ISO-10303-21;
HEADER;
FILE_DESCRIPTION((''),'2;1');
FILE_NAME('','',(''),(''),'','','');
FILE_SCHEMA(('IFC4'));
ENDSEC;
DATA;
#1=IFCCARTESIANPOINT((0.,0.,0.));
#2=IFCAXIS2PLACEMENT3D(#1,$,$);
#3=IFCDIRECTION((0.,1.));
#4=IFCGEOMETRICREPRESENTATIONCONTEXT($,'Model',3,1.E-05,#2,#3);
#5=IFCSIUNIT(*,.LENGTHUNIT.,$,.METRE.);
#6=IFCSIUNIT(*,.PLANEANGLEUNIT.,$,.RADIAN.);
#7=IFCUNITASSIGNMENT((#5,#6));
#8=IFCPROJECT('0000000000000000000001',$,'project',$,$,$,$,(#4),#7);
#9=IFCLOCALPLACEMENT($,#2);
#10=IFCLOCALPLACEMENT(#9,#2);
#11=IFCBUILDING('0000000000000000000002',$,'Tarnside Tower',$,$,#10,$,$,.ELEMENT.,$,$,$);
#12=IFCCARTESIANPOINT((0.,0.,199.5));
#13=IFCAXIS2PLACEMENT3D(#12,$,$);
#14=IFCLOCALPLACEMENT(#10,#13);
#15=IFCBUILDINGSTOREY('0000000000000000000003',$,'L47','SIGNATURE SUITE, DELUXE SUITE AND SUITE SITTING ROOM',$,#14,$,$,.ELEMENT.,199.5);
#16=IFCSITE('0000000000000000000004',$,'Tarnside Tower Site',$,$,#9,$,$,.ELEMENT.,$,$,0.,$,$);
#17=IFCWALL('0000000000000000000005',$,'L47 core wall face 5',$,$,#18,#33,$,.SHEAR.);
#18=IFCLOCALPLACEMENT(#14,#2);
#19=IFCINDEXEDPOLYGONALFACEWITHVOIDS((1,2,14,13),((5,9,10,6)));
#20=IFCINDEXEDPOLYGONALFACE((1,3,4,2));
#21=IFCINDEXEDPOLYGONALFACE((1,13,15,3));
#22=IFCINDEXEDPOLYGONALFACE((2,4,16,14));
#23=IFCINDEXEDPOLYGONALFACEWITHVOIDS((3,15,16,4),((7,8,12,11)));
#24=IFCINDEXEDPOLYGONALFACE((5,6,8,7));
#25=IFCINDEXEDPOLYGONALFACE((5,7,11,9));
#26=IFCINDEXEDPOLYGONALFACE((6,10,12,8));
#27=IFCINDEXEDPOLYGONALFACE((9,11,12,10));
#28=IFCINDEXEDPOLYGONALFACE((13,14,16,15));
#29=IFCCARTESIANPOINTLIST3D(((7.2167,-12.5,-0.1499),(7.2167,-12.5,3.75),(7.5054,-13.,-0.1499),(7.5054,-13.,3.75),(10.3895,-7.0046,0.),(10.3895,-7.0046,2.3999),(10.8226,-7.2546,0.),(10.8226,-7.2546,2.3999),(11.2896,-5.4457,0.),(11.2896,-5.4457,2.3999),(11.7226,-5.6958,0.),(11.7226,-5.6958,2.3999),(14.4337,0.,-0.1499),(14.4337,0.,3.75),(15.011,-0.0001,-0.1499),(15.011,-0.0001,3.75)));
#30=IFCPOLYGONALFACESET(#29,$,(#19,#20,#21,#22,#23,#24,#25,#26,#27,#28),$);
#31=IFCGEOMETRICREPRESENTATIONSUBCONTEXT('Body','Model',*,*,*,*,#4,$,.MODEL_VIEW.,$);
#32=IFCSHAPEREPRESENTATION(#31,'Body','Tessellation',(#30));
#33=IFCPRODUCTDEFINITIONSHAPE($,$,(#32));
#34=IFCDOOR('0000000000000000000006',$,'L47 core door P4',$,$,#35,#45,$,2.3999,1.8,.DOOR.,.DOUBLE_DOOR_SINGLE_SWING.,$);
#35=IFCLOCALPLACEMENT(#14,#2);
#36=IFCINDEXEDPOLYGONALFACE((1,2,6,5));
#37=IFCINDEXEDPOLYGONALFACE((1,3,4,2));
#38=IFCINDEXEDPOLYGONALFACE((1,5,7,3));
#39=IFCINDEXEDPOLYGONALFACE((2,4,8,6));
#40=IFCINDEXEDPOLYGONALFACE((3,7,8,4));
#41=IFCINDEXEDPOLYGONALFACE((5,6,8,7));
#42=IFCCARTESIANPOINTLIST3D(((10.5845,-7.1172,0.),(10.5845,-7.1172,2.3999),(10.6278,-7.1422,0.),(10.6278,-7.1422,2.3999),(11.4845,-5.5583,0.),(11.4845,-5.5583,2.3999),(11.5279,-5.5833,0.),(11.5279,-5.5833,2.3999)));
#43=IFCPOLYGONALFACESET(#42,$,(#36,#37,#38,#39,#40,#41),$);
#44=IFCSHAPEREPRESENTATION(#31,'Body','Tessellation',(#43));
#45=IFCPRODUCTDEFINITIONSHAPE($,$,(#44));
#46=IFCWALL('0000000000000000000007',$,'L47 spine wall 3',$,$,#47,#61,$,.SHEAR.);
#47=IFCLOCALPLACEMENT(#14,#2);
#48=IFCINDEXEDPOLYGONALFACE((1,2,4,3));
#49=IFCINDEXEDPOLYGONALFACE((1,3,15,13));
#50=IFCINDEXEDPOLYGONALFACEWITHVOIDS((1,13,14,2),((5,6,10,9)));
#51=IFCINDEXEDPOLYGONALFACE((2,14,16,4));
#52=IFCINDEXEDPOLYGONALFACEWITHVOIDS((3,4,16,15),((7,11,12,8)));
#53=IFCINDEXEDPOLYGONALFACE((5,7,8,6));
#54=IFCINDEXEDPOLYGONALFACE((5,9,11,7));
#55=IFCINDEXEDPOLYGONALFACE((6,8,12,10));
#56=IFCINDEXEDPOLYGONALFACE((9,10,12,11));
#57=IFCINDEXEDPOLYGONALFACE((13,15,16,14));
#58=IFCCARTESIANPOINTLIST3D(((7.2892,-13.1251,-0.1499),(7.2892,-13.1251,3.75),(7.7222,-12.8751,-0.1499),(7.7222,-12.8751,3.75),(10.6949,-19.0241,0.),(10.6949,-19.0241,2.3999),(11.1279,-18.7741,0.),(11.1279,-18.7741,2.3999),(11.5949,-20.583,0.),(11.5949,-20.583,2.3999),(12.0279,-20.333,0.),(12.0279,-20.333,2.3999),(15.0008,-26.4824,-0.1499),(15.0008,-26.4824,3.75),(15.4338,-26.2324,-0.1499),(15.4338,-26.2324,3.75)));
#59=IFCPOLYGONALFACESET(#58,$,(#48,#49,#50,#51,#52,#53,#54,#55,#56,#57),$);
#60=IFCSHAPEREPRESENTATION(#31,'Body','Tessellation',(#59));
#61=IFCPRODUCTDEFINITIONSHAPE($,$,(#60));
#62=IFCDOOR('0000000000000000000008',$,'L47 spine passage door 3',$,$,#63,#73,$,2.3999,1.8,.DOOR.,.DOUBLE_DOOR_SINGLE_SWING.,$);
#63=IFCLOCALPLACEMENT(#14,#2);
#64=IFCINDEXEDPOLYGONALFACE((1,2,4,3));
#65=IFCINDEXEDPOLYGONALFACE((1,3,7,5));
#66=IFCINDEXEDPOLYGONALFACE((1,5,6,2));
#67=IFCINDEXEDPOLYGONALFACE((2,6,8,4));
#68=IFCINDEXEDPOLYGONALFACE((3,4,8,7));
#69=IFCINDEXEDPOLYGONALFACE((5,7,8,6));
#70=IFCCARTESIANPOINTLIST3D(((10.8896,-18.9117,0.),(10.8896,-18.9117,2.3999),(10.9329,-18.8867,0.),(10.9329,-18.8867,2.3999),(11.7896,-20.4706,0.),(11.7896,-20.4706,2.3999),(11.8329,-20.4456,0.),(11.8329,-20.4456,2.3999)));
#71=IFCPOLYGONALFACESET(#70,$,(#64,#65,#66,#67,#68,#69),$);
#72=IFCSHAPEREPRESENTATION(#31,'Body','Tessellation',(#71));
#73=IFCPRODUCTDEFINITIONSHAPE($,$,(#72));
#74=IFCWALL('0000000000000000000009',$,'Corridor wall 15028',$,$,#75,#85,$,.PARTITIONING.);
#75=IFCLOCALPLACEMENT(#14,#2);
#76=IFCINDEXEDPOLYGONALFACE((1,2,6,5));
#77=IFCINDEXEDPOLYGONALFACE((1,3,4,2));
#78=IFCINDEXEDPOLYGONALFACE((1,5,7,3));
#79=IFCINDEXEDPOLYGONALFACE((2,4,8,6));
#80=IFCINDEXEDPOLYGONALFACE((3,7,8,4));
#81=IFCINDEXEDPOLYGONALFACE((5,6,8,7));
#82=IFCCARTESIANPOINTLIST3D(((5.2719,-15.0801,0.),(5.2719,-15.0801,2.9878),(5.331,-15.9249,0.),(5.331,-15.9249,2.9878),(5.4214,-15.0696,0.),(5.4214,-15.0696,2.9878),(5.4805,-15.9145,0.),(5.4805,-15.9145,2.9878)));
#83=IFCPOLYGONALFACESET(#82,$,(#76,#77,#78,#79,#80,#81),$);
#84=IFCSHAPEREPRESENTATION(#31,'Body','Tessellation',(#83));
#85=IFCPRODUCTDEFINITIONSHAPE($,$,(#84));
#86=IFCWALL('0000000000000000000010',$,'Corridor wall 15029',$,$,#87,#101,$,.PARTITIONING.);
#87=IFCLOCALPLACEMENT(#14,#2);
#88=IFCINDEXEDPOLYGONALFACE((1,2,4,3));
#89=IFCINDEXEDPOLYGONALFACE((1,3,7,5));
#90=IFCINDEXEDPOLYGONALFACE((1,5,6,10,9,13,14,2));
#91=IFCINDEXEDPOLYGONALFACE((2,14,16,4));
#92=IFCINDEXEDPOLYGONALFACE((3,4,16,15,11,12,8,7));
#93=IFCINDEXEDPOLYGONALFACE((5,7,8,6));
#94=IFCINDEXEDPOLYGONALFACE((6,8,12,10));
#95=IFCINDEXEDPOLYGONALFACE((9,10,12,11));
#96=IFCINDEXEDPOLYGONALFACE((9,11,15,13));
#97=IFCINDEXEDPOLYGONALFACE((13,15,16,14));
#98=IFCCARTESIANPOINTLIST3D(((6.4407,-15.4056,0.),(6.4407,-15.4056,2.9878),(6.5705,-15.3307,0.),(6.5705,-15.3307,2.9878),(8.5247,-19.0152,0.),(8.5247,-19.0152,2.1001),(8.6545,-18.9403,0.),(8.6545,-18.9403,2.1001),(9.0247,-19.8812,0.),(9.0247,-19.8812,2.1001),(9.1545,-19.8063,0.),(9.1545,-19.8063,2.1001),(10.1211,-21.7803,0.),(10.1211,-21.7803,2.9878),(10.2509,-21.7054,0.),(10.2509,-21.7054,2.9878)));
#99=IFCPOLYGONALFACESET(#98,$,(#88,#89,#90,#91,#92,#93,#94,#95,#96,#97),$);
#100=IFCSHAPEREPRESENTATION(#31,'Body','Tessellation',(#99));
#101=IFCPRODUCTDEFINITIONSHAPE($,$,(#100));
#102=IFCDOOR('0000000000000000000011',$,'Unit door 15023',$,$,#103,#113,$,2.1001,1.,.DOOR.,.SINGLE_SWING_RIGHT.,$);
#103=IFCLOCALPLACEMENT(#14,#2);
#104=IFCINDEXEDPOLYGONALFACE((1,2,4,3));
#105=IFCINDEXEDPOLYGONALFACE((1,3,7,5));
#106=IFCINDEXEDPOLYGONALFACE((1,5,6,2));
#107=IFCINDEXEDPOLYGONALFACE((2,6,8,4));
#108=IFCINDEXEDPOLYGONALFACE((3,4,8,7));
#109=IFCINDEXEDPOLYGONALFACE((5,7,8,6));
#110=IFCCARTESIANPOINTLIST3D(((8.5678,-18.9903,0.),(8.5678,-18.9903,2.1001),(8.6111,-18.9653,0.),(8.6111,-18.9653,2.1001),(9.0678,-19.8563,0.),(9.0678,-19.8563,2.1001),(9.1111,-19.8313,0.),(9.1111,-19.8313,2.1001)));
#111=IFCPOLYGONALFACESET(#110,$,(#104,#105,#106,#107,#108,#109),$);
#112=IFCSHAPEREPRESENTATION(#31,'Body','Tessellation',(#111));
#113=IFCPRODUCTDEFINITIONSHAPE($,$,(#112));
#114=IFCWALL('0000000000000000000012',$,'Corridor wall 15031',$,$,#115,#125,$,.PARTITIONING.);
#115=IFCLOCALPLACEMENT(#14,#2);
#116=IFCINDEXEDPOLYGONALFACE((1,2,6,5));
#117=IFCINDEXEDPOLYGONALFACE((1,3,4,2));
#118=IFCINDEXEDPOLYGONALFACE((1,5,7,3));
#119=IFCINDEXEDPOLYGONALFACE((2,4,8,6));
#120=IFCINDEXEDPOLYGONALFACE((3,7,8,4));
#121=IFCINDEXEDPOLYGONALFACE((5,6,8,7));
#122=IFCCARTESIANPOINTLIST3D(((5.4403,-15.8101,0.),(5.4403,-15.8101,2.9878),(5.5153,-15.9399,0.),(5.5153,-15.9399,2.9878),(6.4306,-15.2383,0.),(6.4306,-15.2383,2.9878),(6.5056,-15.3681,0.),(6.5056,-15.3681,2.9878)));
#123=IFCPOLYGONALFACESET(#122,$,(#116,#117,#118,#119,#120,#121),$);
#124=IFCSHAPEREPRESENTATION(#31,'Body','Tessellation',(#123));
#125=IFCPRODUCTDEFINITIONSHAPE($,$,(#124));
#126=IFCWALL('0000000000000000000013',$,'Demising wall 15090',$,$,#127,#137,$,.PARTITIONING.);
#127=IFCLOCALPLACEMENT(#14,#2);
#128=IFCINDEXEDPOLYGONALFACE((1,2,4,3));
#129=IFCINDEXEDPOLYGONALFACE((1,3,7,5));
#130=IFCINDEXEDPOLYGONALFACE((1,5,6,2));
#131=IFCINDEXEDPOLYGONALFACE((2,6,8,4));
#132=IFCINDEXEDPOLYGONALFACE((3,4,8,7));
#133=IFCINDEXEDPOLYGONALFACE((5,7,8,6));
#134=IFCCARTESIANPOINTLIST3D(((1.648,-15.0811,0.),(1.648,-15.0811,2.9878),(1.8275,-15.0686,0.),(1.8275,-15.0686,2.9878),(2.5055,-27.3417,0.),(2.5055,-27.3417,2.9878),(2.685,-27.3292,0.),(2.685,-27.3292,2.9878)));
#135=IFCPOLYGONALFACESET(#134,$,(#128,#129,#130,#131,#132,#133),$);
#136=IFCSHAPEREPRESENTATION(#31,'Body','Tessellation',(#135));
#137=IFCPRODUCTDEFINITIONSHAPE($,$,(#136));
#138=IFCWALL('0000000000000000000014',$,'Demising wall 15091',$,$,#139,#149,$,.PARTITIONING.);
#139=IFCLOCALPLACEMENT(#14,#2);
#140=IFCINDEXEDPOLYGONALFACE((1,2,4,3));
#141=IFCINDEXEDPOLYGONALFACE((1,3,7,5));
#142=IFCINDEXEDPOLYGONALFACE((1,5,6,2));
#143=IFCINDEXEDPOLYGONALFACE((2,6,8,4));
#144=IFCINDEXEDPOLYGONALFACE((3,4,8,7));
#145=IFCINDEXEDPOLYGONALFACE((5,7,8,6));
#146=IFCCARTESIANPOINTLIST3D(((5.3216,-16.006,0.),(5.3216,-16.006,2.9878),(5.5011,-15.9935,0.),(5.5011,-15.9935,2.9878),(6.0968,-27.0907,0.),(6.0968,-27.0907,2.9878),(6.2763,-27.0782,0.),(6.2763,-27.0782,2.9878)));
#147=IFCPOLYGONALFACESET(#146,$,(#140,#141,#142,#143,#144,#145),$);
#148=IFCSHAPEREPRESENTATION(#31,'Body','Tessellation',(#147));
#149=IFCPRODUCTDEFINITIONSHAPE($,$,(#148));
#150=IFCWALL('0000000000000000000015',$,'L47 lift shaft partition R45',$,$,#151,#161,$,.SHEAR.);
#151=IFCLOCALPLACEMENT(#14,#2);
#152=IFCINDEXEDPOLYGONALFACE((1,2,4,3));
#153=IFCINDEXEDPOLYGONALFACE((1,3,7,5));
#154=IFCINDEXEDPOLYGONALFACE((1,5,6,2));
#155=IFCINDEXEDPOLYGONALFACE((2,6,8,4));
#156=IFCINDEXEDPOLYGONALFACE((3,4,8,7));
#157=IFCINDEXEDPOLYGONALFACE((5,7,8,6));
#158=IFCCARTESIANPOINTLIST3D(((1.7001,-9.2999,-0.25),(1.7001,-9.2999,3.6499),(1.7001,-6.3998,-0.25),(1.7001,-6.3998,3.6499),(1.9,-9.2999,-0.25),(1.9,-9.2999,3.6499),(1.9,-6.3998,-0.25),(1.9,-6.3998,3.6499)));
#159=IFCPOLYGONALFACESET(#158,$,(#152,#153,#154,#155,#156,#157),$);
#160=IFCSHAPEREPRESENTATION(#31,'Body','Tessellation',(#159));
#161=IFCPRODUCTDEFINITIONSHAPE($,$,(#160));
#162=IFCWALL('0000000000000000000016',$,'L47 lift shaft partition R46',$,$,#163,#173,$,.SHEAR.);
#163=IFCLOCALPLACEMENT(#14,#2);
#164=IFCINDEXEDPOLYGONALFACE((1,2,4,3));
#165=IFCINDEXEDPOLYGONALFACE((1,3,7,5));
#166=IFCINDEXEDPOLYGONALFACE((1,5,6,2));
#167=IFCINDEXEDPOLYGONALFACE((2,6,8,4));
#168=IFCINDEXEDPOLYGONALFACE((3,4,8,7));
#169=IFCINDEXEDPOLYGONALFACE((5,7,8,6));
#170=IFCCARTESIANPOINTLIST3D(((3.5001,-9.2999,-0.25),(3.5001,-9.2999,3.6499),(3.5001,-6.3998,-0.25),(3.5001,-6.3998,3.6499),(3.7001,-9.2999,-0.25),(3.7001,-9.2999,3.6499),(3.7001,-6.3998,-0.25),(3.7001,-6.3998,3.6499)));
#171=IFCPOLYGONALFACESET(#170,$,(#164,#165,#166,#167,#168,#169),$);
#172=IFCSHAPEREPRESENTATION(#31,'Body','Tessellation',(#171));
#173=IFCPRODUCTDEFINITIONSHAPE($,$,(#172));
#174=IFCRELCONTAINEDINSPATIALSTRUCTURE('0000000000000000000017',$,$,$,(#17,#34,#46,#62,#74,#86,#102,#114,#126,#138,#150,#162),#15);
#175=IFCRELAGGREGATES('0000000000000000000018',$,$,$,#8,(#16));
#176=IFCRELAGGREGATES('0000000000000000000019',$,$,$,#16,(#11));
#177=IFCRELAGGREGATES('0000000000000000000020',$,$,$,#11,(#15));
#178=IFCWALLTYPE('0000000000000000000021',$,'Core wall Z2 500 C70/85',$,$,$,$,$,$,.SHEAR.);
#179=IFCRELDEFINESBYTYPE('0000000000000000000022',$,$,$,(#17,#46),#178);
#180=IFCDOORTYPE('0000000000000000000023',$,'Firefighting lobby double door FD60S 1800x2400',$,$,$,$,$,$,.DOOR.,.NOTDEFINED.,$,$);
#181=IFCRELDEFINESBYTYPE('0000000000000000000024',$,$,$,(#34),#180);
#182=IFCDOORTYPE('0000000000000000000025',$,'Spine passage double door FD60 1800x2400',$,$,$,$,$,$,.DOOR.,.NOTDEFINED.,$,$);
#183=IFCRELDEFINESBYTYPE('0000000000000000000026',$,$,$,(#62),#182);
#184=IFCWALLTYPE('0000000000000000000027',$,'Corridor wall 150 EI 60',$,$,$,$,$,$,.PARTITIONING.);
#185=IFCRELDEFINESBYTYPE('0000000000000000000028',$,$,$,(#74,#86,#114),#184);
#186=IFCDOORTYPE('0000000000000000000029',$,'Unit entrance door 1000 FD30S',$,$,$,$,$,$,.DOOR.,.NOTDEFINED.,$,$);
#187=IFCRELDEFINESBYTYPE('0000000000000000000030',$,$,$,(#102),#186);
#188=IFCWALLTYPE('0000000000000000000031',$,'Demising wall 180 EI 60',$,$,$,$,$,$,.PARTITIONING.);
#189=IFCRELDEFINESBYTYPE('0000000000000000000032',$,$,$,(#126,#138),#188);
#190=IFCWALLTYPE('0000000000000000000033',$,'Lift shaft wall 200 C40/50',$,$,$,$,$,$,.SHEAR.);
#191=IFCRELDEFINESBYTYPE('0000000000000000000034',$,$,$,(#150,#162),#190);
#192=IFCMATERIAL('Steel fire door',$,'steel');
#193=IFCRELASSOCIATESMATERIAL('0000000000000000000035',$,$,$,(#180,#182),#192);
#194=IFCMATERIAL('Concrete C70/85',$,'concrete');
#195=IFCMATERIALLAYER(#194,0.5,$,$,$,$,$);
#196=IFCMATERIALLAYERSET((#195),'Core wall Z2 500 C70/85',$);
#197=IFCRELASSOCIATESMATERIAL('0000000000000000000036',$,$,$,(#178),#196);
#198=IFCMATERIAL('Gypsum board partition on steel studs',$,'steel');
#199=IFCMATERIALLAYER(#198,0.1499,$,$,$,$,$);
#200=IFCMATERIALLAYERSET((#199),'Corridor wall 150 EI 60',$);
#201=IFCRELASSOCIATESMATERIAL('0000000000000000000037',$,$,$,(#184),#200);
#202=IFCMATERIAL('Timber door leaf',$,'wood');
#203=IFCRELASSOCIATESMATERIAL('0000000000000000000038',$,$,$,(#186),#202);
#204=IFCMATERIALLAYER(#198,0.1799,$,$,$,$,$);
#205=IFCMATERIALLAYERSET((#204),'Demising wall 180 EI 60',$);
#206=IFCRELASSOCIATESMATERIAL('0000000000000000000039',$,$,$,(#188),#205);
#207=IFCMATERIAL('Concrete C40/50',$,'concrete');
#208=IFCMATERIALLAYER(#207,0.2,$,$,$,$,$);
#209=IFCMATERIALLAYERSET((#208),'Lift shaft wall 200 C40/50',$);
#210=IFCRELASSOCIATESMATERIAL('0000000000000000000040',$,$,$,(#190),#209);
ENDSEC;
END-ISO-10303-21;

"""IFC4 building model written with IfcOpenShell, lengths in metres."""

from ifc_helpers import new_model, si_unit, direction, frame, frame_2d, origin, place, context, subcontext, project, spatial, polyline, rectangle, outline, extrude, material, layer, layer_set, type_object, element, fill, save


model = new_model("IFC4")

# Units and contexts
model_context = context("Model", 3, precision=1e-05, world=origin(), true_north=direction((0.0, 1.0)))
body_context = subcontext(model_context, "Body", "Model", "MODEL_VIEW")
ifc_project = project(units=[si_unit("LENGTHUNIT", "METRE"), si_unit("PLANEANGLEUNIT", "RADIAN")], contexts=[model_context])

# Site, building, storey
site_placement = place(None, origin())
site = spatial("IfcSite", under=ifc_project, at=site_placement, Name="Tarnside Tower Site", CompositionType="ELEMENT", RefElevation=0.0)
building_placement = place(site_placement, origin())
building = spatial("IfcBuilding", under=site, at=building_placement, Name="Tarnside Tower", CompositionType="ELEMENT")
storey_placement = place(building_placement, frame((0.0, 0.0, 199.5)))
storey = spatial("IfcBuildingStorey", under=building, at=storey_placement, Name="L47", Description="SIGNATURE SUITE, DELUXE SUITE AND SUITE SITTING ROOM", CompositionType="ELEMENT", Elevation=199.5)

# Walls, openings, doors
ifc_material_1 = material(Name="Gypsum board partition on steel studs", Category="steel")
ifc_material_2 = material(Name="Timber door leaf", Category="wood")
ifc_material_3 = material(Name="Steel fire door", Category="steel")
door_type_1 = type_object("IfcDoorType", Name="Firefighting lobby double door FD60S 1800x2400", OperationType="NOTDEFINED", PredefinedType="DOOR", material=ifc_material_3)
ifc_material_4 = material(Name="Concrete C70/85", Category="concrete")
ifc_layer_1 = layer(ifc_material_4, 0.5)
ifc_layer_set_1 = layer_set([ifc_layer_1], Name="Core wall Z2 500 C70/85")
wall_type_1 = type_object("IfcWallType", Name="Core wall Z2 500 C70/85", PredefinedType="SHEAR", material=ifc_layer_set_1)
wall_1_placement = place(storey_placement, frame((7.3611, -12.75, -0.1499), z_axis=(0.0, 0.0, 1.0), x_axis=(0.500006, 0.866022, 0.0)))
wall_1 = element("IfcWall", 1, at=wall_1_placement, inside=storey, type_object=wall_type_1, Name="L47 core wall face 5", PredefinedType="SHEAR", context=body_context, shape_type="SweptSolid", body=[
    extrude(outline(polyline([(-0.1443, -0.25), (14.8667, -0.25), (14.5781, 0.25), (0.1443, 0.25), (-0.1443, -0.25)])), origin(), (0.0, 0.0, 1.0), 3.8999),
])
opening_1_placement = place(wall_1_placement, frame((6.49, 0.0, 0.1499)))
opening_1 = element("IfcOpeningElement", 2, at=opening_1_placement, cuts=wall_1, PredefinedType="OPENING", context=body_context, shape_type="SweptSolid", body=[
    extrude(rectangle(XDim=1.8, YDim=2.3999, at=frame_2d((0.8999, 1.2))), frame((0.0, 0.26, 0.0), z_axis=(0.0, -1.0, 0.0), x_axis=(1.0, 0.0, 0.0)), (0.0, 0.0, 1.0), 0.52),
])
door_1_placement = place(opening_1_placement, origin())
door_1 = element("IfcDoor", 3, at=door_1_placement, inside=storey, type_object=door_type_1, Name="L47 core door P4", OperationType="DOUBLE_DOOR_SINGLE_SWING", OverallHeight=2.3999, OverallWidth=1.8, PredefinedType="DOOR", context=body_context, shape_type="SweptSolid", body=[
    extrude(rectangle(XDim=1.8, YDim=2.3999, at=frame_2d((0.8999, 1.2))), frame((0.0, 0.0249, 0.0), z_axis=(0.0, -1.0, 0.0), x_axis=(1.0, 0.0, 0.0)), (0.0, 0.0, 1.0), 0.05),
])
fill(opening_1, door_1)
wall_2_placement = place(storey_placement, frame((7.5056, -13.0, -0.1499), z_axis=(0.0, 0.0, 1.0), x_axis=(0.499988, -0.866032, 0.0)))
wall_2 = element("IfcWall", 4, at=wall_2_placement, inside=storey, type_object=wall_type_1, Name="L47 spine wall 3", PredefinedType="SHEAR", context=body_context, shape_type="SweptSolid", body=[
    extrude(rectangle(XDim=15.4236, YDim=0.5, at=frame_2d((7.7119, 0.0))), origin(), (0.0, 0.0, 1.0), 3.8999),
])
opening_2_placement = place(wall_2_placement, frame((6.8118, 0.0, 0.1499)))
opening_2 = element("IfcOpeningElement", 5, at=opening_2_placement, cuts=wall_2, PredefinedType="OPENING", context=body_context, shape_type="SweptSolid", body=[
    extrude(rectangle(XDim=1.8, YDim=2.3999, at=frame_2d((0.8999, 1.2))), frame((0.0, 0.26, 0.0), z_axis=(0.0, -1.0, 0.0), x_axis=(1.0, 0.0, 0.0)), (0.0, 0.0, 1.0), 0.52),
])
door_type_2 = type_object("IfcDoorType", Name="Spine passage double door FD60 1800x2400", OperationType="NOTDEFINED", PredefinedType="DOOR", material=ifc_material_3)
door_2_placement = place(opening_2_placement, origin())
door_2 = element("IfcDoor", 6, at=door_2_placement, inside=storey, type_object=door_type_2, Name="L47 spine passage door 3", OperationType="DOUBLE_DOOR_SINGLE_SWING", OverallHeight=2.3999, OverallWidth=1.8, PredefinedType="DOOR", context=body_context, shape_type="SweptSolid", body=[
    extrude(rectangle(XDim=1.8, YDim=2.3999, at=frame_2d((0.8999, 1.2))), frame((0.0, 0.0249, 0.0), z_axis=(0.0, -1.0, 0.0), x_axis=(1.0, 0.0, 0.0)), (0.0, 0.0, 1.0), 0.05),
])
fill(opening_2, door_2)

# Wall
ifc_layer_2 = layer(ifc_material_1, 0.1499)
ifc_layer_set_2 = layer_set([ifc_layer_2], Name="Corridor wall 150 EI 60")
wall_type_2 = type_object("IfcWallType", Name="Corridor wall 150 EI 60", PredefinedType="PARTITIONING", material=ifc_layer_set_2)
wall_3_placement = place(storey_placement, frame((5.3467, -15.075, 0.0), z_axis=(0.0, 0.0, 1.0), x_axis=(0.069752, -0.997564, 0.0)))
element("IfcWall", 7, at=wall_3_placement, inside=storey, type_object=wall_type_2, Name="Corridor wall 15028", PredefinedType="PARTITIONING", context=body_context, shape_type="SweptSolid", body=[
    extrude(rectangle(XDim=0.8469, YDim=0.1499, at=frame_2d((0.4233, 0.0))), origin(), (0.0, 0.0, 1.0), 2.9878),
])

# Wall, opening, door
wall_4_placement = place(storey_placement, frame((6.5056, -15.3682, 0.0), z_axis=(0.0, 0.0, 1.0), x_axis=(0.499995, -0.866028, 0.0)))
wall_4 = element("IfcWall", 8, at=wall_4_placement, inside=storey, type_object=wall_type_2, Name="Corridor wall 15029", PredefinedType="PARTITIONING", context=body_context, shape_type="SweptSolid", body=[
    extrude(rectangle(XDim=7.3608, YDim=0.1499, at=frame_2d((3.6804, 0.0))), origin(), (0.0, 0.0, 1.0), 2.9878),
])
opening_3_placement = place(wall_4_placement, frame((4.168, 0.0, 0.0)))
opening_3 = element("IfcOpeningElement", 9, at=opening_3_placement, cuts=wall_4, PredefinedType="OPENING", context=body_context, shape_type="SweptSolid", body=[
    extrude(rectangle(XDim=1.0, YDim=2.1001, at=frame_2d((0.5, 1.05))), frame((0.0, 0.085, 0.0), z_axis=(0.0, -1.0, 0.0), x_axis=(1.0, 0.0, 0.0)), (0.0, 0.0, 1.0), 0.1699),
])
door_type_3 = type_object("IfcDoorType", Name="Unit entrance door 1000 FD30S", OperationType="NOTDEFINED", PredefinedType="DOOR", material=ifc_material_2)
door_3_placement = place(opening_3_placement, origin())
door_3 = element("IfcDoor", 10, at=door_3_placement, inside=storey, type_object=door_type_3, Name="Unit door 15023", OperationType="SINGLE_SWING_RIGHT", OverallHeight=2.1001, OverallWidth=1.0, PredefinedType="DOOR", context=body_context, shape_type="SweptSolid", body=[
    extrude(rectangle(XDim=1.0, YDim=2.1001, at=frame_2d((0.5, 1.05))), frame((0.0, 0.0249, 0.0), z_axis=(0.0, -1.0, 0.0), x_axis=(1.0, 0.0, 0.0)), (0.0, 0.0, 1.0), 0.05),
])
fill(opening_3, door_3)

# Walls
wall_5_placement = place(storey_placement, frame((5.4778, -15.875, 0.0), z_axis=(0.0, 0.0, 1.0), x_axis=(0.866001, 0.500043, 0.0)))
element("IfcWall", 11, at=wall_5_placement, inside=storey, type_object=wall_type_2, Name="Corridor wall 15031", PredefinedType="PARTITIONING", context=body_context, shape_type="SweptSolid", body=[
    extrude(rectangle(XDim=1.1436, YDim=0.1499, at=frame_2d((0.5718, 0.0))), origin(), (0.0, 0.0, 1.0), 2.9878),
])
ifc_layer_3 = layer(ifc_material_1, 0.1799)
ifc_layer_set_3 = layer_set([ifc_layer_3], Name="Demising wall 180 EI 60")
wall_type_3 = type_object("IfcWallType", Name="Demising wall 180 EI 60", PredefinedType="PARTITIONING", material=ifc_layer_set_3)
wall_6_placement = place(storey_placement, frame((2.5952, -27.3354, 0.0), z_axis=(0.0, 0.0, 1.0), x_axis=(-0.069763, 0.997564, 0.0)))
element("IfcWall", 12, at=wall_6_placement, inside=storey, type_object=wall_type_3, Name="Demising wall 15090", PredefinedType="PARTITIONING", context=body_context, shape_type="SweptSolid", body=[
    extrude(rectangle(XDim=12.2905, YDim=0.1799, at=frame_2d((6.1453, 0.0))), origin(), (0.0, 0.0, 1.0), 2.9878),
])
wall_7_placement = place(storey_placement, frame((6.1865, -27.0845, 0.0), z_axis=(0.0, 0.0, 1.0), x_axis=(-0.069759, 0.997564, 0.0)))
element("IfcWall", 13, at=wall_7_placement, inside=storey, type_object=wall_type_3, Name="Demising wall 15091", PredefinedType="PARTITIONING", context=body_context, shape_type="SweptSolid", body=[
    extrude(rectangle(XDim=11.1118, YDim=0.1799, at=frame_2d((5.5559, 0.0))), origin(), (0.0, 0.0, 1.0), 2.9878),
])
ifc_material_5 = material(Name="Concrete C40/50", Category="concrete")
ifc_layer_4 = layer(ifc_material_5, 0.2)
ifc_layer_set_4 = layer_set([ifc_layer_4], Name="Lift shaft wall 200 C40/50")
wall_type_4 = type_object("IfcWallType", Name="Lift shaft wall 200 C40/50", PredefinedType="SHEAR", material=ifc_layer_set_4)
for number, where, z_axis, x_axis, name in (
    (14, (1.8, -9.3, -0.25), (0.0, 0.0, 1.0), (0.0, 1.0, 0.0), "L47 lift shaft partition R45"),
    (15, (3.6001, -9.3, -0.25), (0.0, 0.0, 1.0), (0.0, 1.0, 0.0), "L47 lift shaft partition R46"),
):
    element("IfcWall", number, at=place(storey_placement, frame(where, z_axis=z_axis, x_axis=x_axis)), inside=storey, type_object=wall_type_4, Name=name, PredefinedType="SHEAR", context=body_context, shape_type="SweptSolid", body=[
        extrude(rectangle(XDim=2.9001, YDim=0.2, at=frame_2d((1.4502, 0.0))), origin(), (0.0, 0.0, 1.0), 3.8999),
    ])

save(model, "model.ifc")
